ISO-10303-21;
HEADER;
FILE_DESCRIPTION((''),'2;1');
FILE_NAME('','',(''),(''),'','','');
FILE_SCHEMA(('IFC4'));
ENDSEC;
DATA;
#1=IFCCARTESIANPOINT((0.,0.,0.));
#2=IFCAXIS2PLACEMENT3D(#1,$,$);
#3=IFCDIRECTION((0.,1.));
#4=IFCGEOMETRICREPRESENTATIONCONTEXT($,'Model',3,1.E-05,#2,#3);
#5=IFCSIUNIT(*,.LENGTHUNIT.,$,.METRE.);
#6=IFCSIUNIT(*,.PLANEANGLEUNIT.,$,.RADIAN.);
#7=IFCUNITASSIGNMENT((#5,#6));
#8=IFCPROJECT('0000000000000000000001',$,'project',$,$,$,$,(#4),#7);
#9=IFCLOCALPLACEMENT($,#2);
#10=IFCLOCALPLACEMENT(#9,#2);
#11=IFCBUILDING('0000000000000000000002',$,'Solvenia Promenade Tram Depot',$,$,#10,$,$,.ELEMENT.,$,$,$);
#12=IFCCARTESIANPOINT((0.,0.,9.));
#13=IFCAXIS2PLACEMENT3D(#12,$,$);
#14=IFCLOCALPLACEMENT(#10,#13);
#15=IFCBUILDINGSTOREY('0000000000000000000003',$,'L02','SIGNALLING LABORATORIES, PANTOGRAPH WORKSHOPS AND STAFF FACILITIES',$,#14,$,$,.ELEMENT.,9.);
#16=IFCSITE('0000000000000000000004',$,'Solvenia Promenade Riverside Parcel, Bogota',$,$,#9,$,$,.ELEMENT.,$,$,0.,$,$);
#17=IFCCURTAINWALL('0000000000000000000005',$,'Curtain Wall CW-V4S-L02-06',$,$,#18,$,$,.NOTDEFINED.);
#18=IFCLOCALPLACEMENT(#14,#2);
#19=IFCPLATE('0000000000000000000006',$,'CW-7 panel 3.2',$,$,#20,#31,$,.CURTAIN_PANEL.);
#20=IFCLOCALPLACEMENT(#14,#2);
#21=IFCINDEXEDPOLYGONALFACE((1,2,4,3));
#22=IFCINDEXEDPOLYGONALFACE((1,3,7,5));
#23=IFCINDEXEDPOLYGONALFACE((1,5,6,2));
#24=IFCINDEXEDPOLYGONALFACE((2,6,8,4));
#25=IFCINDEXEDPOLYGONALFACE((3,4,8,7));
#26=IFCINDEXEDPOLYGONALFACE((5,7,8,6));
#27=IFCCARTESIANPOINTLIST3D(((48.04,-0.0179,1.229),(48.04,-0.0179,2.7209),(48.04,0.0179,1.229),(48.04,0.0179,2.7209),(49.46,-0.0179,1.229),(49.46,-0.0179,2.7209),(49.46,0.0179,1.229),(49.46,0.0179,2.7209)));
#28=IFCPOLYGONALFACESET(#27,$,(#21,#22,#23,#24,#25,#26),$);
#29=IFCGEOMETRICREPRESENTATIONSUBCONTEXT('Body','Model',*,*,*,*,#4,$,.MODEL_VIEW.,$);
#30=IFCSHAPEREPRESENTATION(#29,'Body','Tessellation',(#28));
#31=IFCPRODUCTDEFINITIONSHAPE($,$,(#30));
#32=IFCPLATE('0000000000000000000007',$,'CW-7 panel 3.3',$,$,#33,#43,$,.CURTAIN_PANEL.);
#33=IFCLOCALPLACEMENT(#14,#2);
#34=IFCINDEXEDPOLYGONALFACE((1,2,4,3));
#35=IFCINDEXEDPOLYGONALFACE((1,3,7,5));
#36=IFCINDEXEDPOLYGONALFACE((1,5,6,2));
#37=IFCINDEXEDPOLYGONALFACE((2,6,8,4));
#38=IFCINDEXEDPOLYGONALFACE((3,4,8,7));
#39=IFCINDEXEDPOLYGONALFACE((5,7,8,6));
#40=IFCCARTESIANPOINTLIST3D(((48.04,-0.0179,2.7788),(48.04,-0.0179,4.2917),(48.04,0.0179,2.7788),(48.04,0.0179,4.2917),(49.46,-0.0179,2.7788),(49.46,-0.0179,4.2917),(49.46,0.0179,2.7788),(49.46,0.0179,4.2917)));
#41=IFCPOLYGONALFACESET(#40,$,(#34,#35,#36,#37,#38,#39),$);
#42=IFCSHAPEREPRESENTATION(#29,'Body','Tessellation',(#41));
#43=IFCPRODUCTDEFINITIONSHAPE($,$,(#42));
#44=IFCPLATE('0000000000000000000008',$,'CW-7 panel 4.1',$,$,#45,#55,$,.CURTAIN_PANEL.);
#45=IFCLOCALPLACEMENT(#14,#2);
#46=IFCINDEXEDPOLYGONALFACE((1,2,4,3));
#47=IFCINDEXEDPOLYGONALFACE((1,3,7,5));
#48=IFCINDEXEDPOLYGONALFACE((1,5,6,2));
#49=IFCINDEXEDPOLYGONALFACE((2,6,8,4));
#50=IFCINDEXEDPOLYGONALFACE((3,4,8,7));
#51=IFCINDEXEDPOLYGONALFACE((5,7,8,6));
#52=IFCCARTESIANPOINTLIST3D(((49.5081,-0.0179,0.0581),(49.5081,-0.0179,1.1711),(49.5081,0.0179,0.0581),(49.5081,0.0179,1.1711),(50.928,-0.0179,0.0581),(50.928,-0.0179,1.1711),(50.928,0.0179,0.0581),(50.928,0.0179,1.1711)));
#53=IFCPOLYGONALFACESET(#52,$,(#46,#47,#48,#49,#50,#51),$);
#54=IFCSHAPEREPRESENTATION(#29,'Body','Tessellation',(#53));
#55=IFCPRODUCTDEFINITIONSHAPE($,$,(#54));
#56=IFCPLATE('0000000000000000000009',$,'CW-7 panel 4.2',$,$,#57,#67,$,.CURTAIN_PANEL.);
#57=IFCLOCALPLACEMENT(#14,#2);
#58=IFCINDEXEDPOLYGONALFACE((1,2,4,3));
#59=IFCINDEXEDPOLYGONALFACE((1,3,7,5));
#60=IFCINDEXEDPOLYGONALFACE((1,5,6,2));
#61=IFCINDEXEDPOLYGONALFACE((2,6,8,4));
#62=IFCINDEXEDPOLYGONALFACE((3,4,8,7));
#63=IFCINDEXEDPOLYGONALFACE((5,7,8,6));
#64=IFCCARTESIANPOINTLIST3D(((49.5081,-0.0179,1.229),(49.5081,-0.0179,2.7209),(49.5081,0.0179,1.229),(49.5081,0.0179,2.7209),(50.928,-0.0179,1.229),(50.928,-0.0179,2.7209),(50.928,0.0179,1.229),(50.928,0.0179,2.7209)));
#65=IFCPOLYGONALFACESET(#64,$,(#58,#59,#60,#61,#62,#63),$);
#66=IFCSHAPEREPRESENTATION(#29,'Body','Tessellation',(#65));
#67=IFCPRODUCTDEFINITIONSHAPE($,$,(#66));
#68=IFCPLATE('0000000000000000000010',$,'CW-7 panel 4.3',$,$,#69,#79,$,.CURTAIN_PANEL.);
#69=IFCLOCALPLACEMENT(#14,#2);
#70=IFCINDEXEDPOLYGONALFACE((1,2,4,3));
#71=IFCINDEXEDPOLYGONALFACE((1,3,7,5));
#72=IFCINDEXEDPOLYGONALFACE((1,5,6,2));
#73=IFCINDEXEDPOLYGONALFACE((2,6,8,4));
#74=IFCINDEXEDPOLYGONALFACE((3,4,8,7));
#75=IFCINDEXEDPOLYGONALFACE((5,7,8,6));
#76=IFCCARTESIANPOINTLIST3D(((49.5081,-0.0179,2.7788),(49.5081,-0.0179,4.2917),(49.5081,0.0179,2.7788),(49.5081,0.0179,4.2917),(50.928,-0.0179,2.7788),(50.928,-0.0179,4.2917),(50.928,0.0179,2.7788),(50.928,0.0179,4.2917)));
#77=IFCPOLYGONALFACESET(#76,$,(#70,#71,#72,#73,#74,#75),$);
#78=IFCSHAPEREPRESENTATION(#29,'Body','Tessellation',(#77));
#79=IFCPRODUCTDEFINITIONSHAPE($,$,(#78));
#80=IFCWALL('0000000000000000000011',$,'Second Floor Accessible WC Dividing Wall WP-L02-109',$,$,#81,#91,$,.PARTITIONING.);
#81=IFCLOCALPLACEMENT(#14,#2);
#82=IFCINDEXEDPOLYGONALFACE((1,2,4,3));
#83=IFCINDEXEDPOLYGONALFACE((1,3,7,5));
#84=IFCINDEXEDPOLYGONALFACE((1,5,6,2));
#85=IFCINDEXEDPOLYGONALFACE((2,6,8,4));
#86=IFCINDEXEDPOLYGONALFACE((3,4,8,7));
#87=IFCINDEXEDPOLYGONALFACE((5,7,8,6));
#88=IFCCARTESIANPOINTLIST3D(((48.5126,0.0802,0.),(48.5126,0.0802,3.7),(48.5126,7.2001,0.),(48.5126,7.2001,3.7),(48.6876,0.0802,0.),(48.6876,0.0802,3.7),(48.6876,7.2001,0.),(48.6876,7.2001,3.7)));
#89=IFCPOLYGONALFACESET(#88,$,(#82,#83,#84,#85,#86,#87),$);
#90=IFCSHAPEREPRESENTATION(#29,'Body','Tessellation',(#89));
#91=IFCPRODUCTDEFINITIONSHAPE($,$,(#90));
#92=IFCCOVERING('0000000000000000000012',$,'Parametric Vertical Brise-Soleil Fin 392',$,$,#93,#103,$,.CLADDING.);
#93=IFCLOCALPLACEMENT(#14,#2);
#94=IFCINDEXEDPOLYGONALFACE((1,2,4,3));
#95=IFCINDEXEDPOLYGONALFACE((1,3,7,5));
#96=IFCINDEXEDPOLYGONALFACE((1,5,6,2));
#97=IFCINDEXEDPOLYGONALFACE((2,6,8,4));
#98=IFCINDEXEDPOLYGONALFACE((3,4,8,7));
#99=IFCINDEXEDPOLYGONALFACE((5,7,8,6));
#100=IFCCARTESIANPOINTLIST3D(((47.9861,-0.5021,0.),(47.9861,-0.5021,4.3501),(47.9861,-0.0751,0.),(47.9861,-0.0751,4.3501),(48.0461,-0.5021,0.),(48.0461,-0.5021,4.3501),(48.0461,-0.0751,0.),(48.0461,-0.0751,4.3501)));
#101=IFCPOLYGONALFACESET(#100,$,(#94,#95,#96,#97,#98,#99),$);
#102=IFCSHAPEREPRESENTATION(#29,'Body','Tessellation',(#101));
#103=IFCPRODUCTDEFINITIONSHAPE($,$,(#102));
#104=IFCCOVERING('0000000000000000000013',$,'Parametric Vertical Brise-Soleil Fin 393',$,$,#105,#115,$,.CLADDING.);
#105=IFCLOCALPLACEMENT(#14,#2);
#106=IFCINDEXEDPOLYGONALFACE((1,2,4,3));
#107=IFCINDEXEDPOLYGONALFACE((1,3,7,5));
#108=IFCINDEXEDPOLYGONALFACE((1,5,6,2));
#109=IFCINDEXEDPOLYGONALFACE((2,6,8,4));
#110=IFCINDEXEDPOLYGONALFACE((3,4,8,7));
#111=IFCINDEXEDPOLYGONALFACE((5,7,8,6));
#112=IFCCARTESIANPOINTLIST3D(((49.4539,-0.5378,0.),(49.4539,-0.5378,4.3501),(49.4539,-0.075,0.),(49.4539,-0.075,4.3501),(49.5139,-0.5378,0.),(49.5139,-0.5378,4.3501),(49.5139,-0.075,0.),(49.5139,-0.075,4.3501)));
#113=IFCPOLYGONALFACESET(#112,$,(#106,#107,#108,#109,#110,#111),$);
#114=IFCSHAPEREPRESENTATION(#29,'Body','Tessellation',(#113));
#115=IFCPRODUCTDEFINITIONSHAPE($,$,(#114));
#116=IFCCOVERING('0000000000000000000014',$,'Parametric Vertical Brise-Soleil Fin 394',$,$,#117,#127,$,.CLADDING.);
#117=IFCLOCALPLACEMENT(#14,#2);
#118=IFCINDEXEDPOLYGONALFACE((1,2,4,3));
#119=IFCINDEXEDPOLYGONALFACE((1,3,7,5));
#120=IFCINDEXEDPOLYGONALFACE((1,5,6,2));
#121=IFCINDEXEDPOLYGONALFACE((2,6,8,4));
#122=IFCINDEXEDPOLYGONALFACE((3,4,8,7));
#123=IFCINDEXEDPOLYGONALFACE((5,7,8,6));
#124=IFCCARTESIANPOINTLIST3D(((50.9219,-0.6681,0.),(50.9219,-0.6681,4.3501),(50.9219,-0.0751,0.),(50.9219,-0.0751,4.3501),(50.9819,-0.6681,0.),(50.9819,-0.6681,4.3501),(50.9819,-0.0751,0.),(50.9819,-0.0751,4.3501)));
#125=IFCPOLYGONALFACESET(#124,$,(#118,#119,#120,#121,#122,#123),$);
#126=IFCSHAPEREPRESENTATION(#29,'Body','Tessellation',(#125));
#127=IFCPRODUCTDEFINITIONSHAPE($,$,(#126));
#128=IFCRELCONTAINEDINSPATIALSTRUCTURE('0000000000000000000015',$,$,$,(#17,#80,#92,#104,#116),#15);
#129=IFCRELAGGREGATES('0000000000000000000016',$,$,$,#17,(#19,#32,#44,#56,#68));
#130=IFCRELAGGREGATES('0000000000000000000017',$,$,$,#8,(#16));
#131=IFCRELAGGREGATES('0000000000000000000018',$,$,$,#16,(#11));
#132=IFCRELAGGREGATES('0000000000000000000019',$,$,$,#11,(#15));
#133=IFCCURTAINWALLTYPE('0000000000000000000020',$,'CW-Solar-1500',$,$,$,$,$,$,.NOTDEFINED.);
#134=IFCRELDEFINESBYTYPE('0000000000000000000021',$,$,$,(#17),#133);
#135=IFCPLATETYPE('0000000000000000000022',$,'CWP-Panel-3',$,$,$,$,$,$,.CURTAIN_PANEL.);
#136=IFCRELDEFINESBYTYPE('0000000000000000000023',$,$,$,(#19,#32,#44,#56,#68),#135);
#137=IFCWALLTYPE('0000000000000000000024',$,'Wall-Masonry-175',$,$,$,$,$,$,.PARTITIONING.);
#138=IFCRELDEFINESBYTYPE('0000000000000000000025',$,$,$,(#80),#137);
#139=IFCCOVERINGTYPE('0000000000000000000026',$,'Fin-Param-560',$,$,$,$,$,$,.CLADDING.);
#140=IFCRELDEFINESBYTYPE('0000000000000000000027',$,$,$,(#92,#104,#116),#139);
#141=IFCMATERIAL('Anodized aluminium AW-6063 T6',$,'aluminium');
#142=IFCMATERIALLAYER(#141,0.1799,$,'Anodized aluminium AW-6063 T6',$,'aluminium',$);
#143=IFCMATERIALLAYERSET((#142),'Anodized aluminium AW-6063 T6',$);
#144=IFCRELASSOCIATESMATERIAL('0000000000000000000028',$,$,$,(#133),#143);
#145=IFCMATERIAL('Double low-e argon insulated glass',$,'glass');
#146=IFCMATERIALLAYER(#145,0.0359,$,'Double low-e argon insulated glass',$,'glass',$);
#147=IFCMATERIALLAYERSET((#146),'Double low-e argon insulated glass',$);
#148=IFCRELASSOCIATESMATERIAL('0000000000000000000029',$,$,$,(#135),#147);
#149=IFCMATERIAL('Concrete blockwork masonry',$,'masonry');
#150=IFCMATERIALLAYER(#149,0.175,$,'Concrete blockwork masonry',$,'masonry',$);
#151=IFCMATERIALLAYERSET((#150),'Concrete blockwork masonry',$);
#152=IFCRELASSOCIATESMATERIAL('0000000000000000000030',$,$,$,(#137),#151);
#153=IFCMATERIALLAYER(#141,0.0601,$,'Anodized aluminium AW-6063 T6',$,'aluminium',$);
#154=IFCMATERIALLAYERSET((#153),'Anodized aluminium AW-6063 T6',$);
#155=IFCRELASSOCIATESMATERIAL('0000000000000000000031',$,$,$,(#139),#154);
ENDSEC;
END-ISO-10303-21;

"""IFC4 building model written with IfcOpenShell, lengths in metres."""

from ifc_helpers import new_model, si_unit, direction, frame, frame_2d, origin, origin_2d, place, context, subcontext, project, spatial, rectangle, extrude, material, layer, layer_set, type_object, element, aggregate, save


model = new_model("IFC4")

# Units and contexts
model_context = context("Model", 3, precision=1e-05, world=origin(), true_north=direction((0.0, 1.0)))
body_context = subcontext(model_context, "Body", "Model", "MODEL_VIEW")
ifc_project = project(units=[si_unit("LENGTHUNIT", "METRE"), si_unit("PLANEANGLEUNIT", "RADIAN")], contexts=[model_context])

# Site, building, storey
site_placement = place(None, origin())
site = spatial("IfcSite", under=ifc_project, at=site_placement, Name="Solvenia Promenade Riverside Parcel, Bogota", CompositionType="ELEMENT", RefElevation=0.0)
building_placement = place(site_placement, origin())
building = spatial("IfcBuilding", under=site, at=building_placement, Name="Solvenia Promenade Tram Depot", CompositionType="ELEMENT")
storey_placement = place(building_placement, frame((0.0, 0.0, 9.0)))
storey = spatial("IfcBuildingStorey", under=building, at=storey_placement, Name="L02", Description="SIGNALLING LABORATORIES, PANTOGRAPH WORKSHOPS AND STAFF FACILITIES", CompositionType="ELEMENT", Elevation=9.0)

# Curtain wall, plates
ifc_material_1 = material(Name="Anodized aluminium AW-6063 T6", Category="aluminium")
ifc_layer_1 = layer(ifc_material_1, 0.1799, Name="Anodized aluminium AW-6063 T6", Category="aluminium")
ifc_layer_set_1 = layer_set([ifc_layer_1], Name="Anodized aluminium AW-6063 T6")
curtain_wall_type = type_object("IfcCurtainWallType", Name="CW-Solar-1500", PredefinedType="NOTDEFINED", material=ifc_layer_set_1)
curtain_wall_placement = place(storey_placement, origin())
curtain_wall = element("IfcCurtainWall", 1, at=curtain_wall_placement, inside=storey, type_object=curtain_wall_type, Name="Curtain Wall CW-V4S-L02-06", PredefinedType="NOTDEFINED")
ifc_material_2 = material(Name="Double low-e argon insulated glass", Category="glass")
ifc_layer_2 = layer(ifc_material_2, 0.0359, Name="Double low-e argon insulated glass", Category="glass")
ifc_layer_set_2 = layer_set([ifc_layer_2], Name="Double low-e argon insulated glass")
plate_type = type_object("IfcPlateType", Name="CWP-Panel-3", PredefinedType="CURTAIN_PANEL", material=ifc_layer_set_2)
plate_1_placement = place(storey_placement, frame((48.75, 0.0, 1.229), z_axis=(0.0, 0.0, 1.0), x_axis=(1.0, 0.0, 0.0)))
plate_1 = element("IfcPlate", 2, at=plate_1_placement, type_object=plate_type, Name="CW-7 panel 3.2", PredefinedType="CURTAIN_PANEL", context=body_context, shape_type="SweptSolid", body=[
    extrude(rectangle(XDim=1.4199, YDim=0.0359, at=origin_2d()), origin(), (0.0, 0.0, 1.0), 1.4919),
])
plate_2_placement = place(storey_placement, frame((48.75, 0.0, 2.7788), z_axis=(0.0, 0.0, 1.0), x_axis=(1.0, 0.0, 0.0)))
plate_2 = element("IfcPlate", 3, at=plate_2_placement, type_object=plate_type, Name="CW-7 panel 3.3", PredefinedType="CURTAIN_PANEL", context=body_context, shape_type="SweptSolid", body=[
    extrude(rectangle(XDim=1.4199, YDim=0.0359, at=origin_2d()), origin(), (0.0, 0.0, 1.0), 1.5129),
])
plate_3_placement = place(storey_placement, frame((50.218, 0.0, 0.0581), z_axis=(0.0, 0.0, 1.0), x_axis=(1.0, 0.0, 0.0)))
plate_3 = element("IfcPlate", 4, at=plate_3_placement, type_object=plate_type, Name="CW-7 panel 4.1", PredefinedType="CURTAIN_PANEL", context=body_context, shape_type="SweptSolid", body=[
    extrude(rectangle(XDim=1.4199, YDim=0.0359, at=origin_2d()), origin(), (0.0, 0.0, 1.0), 1.113),
])
plate_4_placement = place(storey_placement, frame((50.218, 0.0, 1.229), z_axis=(0.0, 0.0, 1.0), x_axis=(1.0, 0.0, 0.0)))
plate_4 = element("IfcPlate", 5, at=plate_4_placement, type_object=plate_type, Name="CW-7 panel 4.2", PredefinedType="CURTAIN_PANEL", context=body_context, shape_type="SweptSolid", body=[
    extrude(rectangle(XDim=1.4199, YDim=0.0359, at=origin_2d()), origin(), (0.0, 0.0, 1.0), 1.4919),
])
plate_5_placement = place(storey_placement, frame((50.218, 0.0, 2.7788), z_axis=(0.0, 0.0, 1.0), x_axis=(1.0, 0.0, 0.0)))
plate_5 = element("IfcPlate", 6, at=plate_5_placement, type_object=plate_type, Name="CW-7 panel 4.3", PredefinedType="CURTAIN_PANEL", context=body_context, shape_type="SweptSolid", body=[
    extrude(rectangle(XDim=1.4199, YDim=0.0359, at=origin_2d()), origin(), (0.0, 0.0, 1.0), 1.5129),
])
aggregate(curtain_wall, [plate_1, plate_2, plate_3, plate_4, plate_5])

# Wall
ifc_material_3 = material(Name="Concrete blockwork masonry", Category="masonry")
ifc_layer_3 = layer(ifc_material_3, 0.175, Name="Concrete blockwork masonry", Category="masonry")
ifc_layer_set_3 = layer_set([ifc_layer_3], Name="Concrete blockwork masonry")
wall_type = type_object("IfcWallType", Name="Wall-Masonry-175", PredefinedType="PARTITIONING", material=ifc_layer_set_3)
wall_placement = place(storey_placement, frame((48.6001, 0.0801, 0.0), z_axis=(0.0, 0.0, 1.0), x_axis=(0.0, 1.0, 0.0)))
element("IfcWall", 7, at=wall_placement, inside=storey, type_object=wall_type, Name="Second Floor Accessible WC Dividing Wall WP-L02-109", PredefinedType="PARTITIONING", context=body_context, shape_type="SweptSolid", body=[
    extrude(rectangle(XDim=7.1199, YDim=0.175, at=frame_2d((3.5601, 0.0))), origin(), (0.0, 0.0, 1.0), 3.7),
])

# Coverings
ifc_layer_4 = layer(ifc_material_1, 0.0601, Name="Anodized aluminium AW-6063 T6", Category="aluminium")
ifc_layer_set_4 = layer_set([ifc_layer_4], Name="Anodized aluminium AW-6063 T6")
covering_type = type_object("IfcCoveringType", Name="Fin-Param-560", PredefinedType="CLADDING", material=ifc_layer_set_4)
covering_1_placement = place(storey_placement, frame((48.0161, -0.2886, 0.0), z_axis=(0.0, 0.0, 1.0), x_axis=(1.0, 0.0, 0.0)))
element("IfcCovering", 8, at=covering_1_placement, inside=storey, type_object=covering_type, Name="Parametric Vertical Brise-Soleil Fin 392", PredefinedType="CLADDING", context=body_context, shape_type="SweptSolid", body=[
    extrude(rectangle(XDim=0.0601, YDim=0.427, at=origin_2d()), origin(), (0.0, 0.0, 1.0), 4.3501),
])
covering_2_placement = place(storey_placement, frame((49.4839, -0.3064, 0.0), z_axis=(0.0, 0.0, 1.0), x_axis=(1.0, 0.0, 0.0)))
element("IfcCovering", 9, at=covering_2_placement, inside=storey, type_object=covering_type, Name="Parametric Vertical Brise-Soleil Fin 393", PredefinedType="CLADDING", context=body_context, shape_type="SweptSolid", body=[
    extrude(rectangle(XDim=0.0601, YDim=0.4629, at=origin_2d()), origin(), (0.0, 0.0, 1.0), 4.3501),
])
covering_3_placement = place(storey_placement, frame((50.9519, -0.3716, 0.0), z_axis=(0.0, 0.0, 1.0), x_axis=(1.0, 0.0, 0.0)))
element("IfcCovering", 10, at=covering_3_placement, inside=storey, type_object=covering_type, Name="Parametric Vertical Brise-Soleil Fin 394", PredefinedType="CLADDING", context=body_context, shape_type="SweptSolid", body=[
    extrude(rectangle(XDim=0.0601, YDim=0.593, at=origin_2d()), origin(), (0.0, 0.0, 1.0), 4.3501),
])

save(model, "model.ifc")
